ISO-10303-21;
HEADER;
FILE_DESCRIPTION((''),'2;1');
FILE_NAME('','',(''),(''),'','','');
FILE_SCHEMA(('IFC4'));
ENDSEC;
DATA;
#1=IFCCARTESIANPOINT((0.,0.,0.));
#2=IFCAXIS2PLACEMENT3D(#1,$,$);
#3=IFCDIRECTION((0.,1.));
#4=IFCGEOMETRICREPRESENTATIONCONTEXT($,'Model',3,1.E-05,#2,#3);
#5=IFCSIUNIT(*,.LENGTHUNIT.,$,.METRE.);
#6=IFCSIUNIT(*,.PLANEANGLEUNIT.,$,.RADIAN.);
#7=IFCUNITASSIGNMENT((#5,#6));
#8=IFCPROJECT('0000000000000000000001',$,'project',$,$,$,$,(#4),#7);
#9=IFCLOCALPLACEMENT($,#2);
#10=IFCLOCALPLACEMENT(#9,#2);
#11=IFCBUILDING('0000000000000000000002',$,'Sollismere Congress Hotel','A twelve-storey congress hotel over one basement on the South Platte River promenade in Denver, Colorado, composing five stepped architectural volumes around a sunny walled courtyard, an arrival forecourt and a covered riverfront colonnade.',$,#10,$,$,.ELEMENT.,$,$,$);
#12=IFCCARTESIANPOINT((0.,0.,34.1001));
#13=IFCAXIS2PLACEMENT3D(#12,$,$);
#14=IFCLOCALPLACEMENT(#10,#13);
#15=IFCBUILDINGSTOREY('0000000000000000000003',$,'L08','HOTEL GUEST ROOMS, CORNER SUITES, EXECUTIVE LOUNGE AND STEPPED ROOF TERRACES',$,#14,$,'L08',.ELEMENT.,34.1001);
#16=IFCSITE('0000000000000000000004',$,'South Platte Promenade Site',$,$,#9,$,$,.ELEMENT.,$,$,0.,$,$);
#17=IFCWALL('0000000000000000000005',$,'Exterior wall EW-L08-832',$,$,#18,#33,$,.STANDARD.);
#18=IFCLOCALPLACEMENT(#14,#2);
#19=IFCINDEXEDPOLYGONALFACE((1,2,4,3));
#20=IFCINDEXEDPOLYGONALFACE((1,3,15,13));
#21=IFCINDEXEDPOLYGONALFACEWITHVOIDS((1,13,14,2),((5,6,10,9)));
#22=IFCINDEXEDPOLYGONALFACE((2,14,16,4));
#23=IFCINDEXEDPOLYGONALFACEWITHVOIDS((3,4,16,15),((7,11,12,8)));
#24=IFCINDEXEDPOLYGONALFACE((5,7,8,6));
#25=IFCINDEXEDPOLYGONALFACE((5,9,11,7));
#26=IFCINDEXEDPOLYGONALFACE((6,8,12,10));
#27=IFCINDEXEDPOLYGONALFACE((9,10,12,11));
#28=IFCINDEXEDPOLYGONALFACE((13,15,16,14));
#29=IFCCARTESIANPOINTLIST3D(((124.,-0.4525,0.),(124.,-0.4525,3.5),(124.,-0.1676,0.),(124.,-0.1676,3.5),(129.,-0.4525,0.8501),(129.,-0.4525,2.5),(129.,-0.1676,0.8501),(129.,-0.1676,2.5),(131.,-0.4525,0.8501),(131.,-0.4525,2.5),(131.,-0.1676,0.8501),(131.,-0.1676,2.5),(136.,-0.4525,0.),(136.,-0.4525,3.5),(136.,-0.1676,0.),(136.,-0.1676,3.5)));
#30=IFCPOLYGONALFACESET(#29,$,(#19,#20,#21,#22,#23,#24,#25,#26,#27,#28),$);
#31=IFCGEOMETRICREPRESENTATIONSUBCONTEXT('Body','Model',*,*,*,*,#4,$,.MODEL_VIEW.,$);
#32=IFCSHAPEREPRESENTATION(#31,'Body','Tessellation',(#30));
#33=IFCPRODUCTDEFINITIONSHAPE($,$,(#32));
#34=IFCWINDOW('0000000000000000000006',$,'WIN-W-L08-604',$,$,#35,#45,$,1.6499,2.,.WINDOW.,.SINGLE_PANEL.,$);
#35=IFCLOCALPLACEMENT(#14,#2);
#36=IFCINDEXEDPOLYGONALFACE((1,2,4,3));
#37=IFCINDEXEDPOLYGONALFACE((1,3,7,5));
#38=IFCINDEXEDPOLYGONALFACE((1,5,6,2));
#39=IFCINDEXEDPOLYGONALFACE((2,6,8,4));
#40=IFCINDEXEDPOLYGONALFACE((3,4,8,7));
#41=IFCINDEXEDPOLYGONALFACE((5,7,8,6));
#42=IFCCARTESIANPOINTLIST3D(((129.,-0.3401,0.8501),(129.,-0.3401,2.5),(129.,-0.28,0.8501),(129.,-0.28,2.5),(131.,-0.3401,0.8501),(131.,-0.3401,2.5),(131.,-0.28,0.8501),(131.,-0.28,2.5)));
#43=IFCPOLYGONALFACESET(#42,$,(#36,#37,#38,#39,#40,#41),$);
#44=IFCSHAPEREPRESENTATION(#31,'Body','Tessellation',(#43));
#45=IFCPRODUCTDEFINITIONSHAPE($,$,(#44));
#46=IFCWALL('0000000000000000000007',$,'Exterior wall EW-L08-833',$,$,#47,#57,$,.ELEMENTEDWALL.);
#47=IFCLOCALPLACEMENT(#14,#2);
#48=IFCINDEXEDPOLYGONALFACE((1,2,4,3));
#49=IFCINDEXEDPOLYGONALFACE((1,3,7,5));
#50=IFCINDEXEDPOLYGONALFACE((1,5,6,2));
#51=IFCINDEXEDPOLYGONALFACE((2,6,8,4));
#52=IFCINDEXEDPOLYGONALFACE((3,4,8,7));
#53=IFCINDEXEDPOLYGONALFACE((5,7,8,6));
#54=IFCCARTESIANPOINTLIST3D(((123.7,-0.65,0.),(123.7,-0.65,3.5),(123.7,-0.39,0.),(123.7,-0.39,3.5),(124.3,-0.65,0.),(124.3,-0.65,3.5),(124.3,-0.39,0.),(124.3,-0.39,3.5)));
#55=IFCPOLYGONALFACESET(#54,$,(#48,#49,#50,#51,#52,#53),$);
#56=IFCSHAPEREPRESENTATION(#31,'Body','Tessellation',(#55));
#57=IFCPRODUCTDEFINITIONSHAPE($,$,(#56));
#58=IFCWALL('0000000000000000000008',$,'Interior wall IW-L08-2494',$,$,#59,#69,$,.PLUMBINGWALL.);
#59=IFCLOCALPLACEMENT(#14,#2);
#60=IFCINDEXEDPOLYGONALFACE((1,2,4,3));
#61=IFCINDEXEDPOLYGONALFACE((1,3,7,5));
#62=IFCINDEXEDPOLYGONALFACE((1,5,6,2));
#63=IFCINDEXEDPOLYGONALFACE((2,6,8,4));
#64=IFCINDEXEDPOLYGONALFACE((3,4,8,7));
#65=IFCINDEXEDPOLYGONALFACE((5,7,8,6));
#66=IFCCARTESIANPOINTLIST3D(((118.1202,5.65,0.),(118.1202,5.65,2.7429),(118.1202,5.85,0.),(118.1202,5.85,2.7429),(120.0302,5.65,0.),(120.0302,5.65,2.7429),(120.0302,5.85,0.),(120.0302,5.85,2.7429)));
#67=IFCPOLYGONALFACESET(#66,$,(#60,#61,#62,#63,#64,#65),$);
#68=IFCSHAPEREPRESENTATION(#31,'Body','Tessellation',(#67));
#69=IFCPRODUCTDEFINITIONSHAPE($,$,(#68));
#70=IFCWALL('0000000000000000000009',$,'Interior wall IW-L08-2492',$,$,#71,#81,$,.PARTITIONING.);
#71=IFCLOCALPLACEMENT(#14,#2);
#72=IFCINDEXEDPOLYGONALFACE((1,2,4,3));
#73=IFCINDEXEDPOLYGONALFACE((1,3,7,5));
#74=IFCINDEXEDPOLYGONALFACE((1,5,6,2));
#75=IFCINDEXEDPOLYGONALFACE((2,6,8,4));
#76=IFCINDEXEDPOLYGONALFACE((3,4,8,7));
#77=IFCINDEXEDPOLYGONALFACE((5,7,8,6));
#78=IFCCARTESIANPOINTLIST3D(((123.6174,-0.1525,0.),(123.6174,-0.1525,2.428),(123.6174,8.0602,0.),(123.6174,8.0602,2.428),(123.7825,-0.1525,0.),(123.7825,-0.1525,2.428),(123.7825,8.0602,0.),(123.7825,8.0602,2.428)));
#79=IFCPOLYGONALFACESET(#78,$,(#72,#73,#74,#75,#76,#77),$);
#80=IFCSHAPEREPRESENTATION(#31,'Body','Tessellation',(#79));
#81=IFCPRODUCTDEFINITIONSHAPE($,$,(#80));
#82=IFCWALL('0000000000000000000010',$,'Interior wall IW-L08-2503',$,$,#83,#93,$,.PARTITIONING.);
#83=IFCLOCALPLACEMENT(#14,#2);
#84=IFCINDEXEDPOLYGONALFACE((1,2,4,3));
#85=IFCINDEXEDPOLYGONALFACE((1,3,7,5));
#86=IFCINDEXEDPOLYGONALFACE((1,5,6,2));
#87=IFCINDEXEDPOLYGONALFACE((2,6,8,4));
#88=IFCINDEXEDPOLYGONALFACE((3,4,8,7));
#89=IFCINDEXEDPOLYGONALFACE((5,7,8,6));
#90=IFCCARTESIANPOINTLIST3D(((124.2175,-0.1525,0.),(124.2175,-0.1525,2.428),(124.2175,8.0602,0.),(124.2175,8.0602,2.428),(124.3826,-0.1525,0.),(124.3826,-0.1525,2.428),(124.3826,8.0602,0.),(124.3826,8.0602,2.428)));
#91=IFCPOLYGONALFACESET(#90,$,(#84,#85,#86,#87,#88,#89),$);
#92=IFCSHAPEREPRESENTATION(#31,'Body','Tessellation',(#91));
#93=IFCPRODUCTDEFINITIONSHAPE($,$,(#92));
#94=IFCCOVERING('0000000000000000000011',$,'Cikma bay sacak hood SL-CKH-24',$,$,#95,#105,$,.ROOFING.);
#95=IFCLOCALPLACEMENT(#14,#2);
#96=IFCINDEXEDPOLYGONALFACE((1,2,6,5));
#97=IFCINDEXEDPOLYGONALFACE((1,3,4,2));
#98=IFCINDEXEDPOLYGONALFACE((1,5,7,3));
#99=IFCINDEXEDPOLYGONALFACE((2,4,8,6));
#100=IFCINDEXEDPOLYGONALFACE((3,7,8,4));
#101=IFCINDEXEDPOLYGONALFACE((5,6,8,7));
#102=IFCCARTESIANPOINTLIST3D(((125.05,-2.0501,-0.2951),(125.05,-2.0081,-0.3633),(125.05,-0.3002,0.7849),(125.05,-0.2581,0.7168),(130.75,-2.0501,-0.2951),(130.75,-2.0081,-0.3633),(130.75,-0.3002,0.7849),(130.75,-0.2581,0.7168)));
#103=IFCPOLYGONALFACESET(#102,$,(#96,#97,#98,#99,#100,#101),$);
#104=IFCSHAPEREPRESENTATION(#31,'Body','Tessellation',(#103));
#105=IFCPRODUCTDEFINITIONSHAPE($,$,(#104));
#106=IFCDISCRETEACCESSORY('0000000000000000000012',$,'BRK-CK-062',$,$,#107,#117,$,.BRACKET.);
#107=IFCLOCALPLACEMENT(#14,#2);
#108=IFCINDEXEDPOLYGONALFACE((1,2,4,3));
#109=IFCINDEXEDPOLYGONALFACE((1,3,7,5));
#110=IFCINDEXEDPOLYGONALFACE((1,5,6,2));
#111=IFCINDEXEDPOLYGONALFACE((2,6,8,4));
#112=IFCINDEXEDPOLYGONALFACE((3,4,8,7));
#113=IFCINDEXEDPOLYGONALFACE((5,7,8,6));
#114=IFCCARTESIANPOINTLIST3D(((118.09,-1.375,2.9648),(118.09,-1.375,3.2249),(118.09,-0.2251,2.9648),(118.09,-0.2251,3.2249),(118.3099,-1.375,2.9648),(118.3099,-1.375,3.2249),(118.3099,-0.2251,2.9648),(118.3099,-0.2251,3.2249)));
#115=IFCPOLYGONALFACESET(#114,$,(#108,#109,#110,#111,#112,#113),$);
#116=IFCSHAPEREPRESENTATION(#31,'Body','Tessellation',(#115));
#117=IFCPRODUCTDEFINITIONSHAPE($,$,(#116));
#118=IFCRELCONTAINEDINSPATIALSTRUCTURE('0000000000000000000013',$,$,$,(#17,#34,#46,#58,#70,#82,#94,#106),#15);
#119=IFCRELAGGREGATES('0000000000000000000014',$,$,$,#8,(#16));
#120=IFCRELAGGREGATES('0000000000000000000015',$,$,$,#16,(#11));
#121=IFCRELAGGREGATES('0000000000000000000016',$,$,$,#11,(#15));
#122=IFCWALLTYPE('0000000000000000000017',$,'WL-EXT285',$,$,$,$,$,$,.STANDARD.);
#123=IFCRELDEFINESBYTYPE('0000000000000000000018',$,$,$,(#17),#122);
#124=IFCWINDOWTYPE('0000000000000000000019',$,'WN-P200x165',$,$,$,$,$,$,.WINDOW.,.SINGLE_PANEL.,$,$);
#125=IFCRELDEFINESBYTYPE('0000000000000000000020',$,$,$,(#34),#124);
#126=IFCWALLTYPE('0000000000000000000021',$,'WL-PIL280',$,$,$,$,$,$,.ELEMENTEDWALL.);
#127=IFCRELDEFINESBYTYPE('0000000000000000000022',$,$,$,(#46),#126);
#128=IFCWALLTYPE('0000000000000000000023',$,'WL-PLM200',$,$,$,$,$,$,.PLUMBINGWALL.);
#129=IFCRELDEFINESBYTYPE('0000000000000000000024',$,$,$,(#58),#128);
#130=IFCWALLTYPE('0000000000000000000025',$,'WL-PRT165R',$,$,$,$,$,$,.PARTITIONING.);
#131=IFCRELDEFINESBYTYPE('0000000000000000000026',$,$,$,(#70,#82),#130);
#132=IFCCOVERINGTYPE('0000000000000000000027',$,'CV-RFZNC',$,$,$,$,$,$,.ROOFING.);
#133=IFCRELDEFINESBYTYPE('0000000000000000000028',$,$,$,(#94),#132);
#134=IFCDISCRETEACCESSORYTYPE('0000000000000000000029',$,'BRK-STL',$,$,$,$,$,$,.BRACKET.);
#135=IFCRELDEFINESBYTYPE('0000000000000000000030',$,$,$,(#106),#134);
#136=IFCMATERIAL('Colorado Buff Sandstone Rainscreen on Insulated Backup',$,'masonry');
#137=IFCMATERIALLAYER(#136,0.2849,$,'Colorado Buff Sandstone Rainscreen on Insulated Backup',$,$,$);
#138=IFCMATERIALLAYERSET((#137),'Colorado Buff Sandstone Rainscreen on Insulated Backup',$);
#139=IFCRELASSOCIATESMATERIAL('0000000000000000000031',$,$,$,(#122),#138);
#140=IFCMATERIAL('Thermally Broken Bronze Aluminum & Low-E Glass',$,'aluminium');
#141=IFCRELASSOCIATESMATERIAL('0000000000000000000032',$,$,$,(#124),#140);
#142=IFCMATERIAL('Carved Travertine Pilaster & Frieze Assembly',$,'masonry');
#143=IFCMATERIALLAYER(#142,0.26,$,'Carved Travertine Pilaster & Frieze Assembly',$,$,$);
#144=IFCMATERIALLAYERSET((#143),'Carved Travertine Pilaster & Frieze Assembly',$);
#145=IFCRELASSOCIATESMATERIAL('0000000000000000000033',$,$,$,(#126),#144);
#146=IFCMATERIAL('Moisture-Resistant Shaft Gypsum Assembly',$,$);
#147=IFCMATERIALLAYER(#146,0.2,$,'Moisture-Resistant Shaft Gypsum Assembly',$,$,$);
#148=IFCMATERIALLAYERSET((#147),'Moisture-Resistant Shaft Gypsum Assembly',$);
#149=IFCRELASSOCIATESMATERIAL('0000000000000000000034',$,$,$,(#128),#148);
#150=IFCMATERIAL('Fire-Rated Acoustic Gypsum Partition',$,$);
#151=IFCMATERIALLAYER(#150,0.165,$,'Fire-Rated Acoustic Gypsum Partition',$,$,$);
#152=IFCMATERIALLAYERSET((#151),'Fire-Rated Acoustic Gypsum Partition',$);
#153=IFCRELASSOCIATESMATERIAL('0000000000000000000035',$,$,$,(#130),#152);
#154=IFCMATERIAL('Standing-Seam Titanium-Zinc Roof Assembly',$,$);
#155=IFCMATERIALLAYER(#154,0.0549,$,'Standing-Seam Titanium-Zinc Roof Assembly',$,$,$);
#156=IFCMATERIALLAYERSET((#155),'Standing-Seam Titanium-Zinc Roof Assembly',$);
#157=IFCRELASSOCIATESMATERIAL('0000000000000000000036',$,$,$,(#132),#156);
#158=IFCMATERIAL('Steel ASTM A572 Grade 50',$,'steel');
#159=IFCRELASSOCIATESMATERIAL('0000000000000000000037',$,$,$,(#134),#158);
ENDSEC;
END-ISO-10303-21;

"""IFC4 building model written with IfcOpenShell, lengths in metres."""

from ifc_helpers import new_model, si_unit, direction, frame, frame_2d, origin, origin_2d, place, context, subcontext, project, spatial, polyline, rectangle, outline, extrude, material, layer, layer_set, type_object, element, fill, save


model = new_model("IFC4")

# Units and contexts
model_context = context("Model", 3, precision=1e-05, world=origin(), true_north=direction((0.0, 1.0)))
body_context = subcontext(model_context, "Body", "Model", "MODEL_VIEW")
ifc_project = project(units=[si_unit("LENGTHUNIT", "METRE"), si_unit("PLANEANGLEUNIT", "RADIAN")], contexts=[model_context])

# Site, building, storey
site_placement = place(None, origin())
site = spatial("IfcSite", under=ifc_project, at=site_placement, Name="South Platte Promenade Site", CompositionType="ELEMENT", RefElevation=0.0)
building_placement = place(site_placement, origin())
building = spatial("IfcBuilding", under=site, at=building_placement, Name="Sollismere Congress Hotel", Description="A twelve-storey congress hotel over one basement on the South Platte River promenade in Denver, Colorado, composing five stepped architectural volumes around a sunny walled courtyard, an arrival forecourt and a covered riverfront colonnade.", CompositionType="ELEMENT")
storey_placement = place(building_placement, frame((0.0, 0.0, 34.1001)))
storey = spatial("IfcBuildingStorey", under=building, at=storey_placement, Name="L08", Description="HOTEL GUEST ROOMS, CORNER SUITES, EXECUTIVE LOUNGE AND STEPPED ROOF TERRACES", LongName="L08", CompositionType="ELEMENT", Elevation=34.1001)

# Shared definitions
ifc_material_1 = material(Name="Colorado Buff Sandstone Rainscreen on Insulated Backup", Category="masonry")
ifc_layer_1 = layer(ifc_material_1, 0.2849, Name="Colorado Buff Sandstone Rainscreen on Insulated Backup")
ifc_layer_set_1 = layer_set([ifc_layer_1], Name="Colorado Buff Sandstone Rainscreen on Insulated Backup")
wall_type_1 = type_object("IfcWallType", Name="WL-EXT285", PredefinedType="STANDARD", material=ifc_layer_set_1)
ifc_material_2 = material(Name="Thermally Broken Bronze Aluminum & Low-E Glass", Category="aluminium")
window_type = type_object("IfcWindowType", Name="WN-P200x165", PartitioningType="SINGLE_PANEL", PredefinedType="WINDOW", material=ifc_material_2)

# Wall, opening, window
wall_1_placement = place(storey_placement, frame((124.0, -0.3101, 0.0), z_axis=(0.0, 0.0, 1.0), x_axis=(1.0, 0.0, 0.0)))
wall_1 = element("IfcWall", 1, at=wall_1_placement, inside=storey, type_object=wall_type_1, Name="Exterior wall EW-L08-832", PredefinedType="STANDARD", context=body_context, shape_type="SweptSolid", body=[
    extrude(rectangle(XDim=12.0, YDim=0.2849, at=frame_2d((6.0, 0.0))), origin(), (0.0, 0.0, 1.0), 3.5),
])
opening_1_placement = place(wall_1_placement, frame((5.0, 0.0, 0.8501)))
opening_1 = element("IfcOpeningElement", 2, at=opening_1_placement, cuts=wall_1, PredefinedType="OPENING", context=body_context, shape_type="SweptSolid", body=[
    extrude(rectangle(XDim=2.0, YDim=1.6499, at=frame_2d((1.0, 0.825))), frame((0.0, 0.1523, 0.0), z_axis=(0.0, -1.0, 0.0), x_axis=(1.0, 0.0, 0.0)), (0.0, 0.0, 1.0), 0.3049),
])
window_1_placement = place(opening_1_placement, origin())
window_1 = element("IfcWindow", 3, at=window_1_placement, inside=storey, type_object=window_type, Name="WIN-W-L08-604", OverallHeight=1.6499, OverallWidth=2.0, PartitioningType="SINGLE_PANEL", PredefinedType="WINDOW", context=body_context, shape_type="SweptSolid", body=[
    extrude(rectangle(XDim=2.0, YDim=1.6499, at=frame_2d((1.0, 0.825))), frame((0.0, 0.03, 0.0), z_axis=(0.0, -1.0, 0.0), x_axis=(1.0, 0.0, 0.0)), (0.0, 0.0, 1.0), 0.0601),
])
fill(opening_1, window_1)

# Walls
ifc_material_3 = material(Name="Carved Travertine Pilaster & Frieze Assembly", Category="masonry")
ifc_layer_2 = layer(ifc_material_3, 0.26, Name="Carved Travertine Pilaster & Frieze Assembly")
ifc_layer_set_2 = layer_set([ifc_layer_2], Name="Carved Travertine Pilaster & Frieze Assembly")
wall_type_2 = type_object("IfcWallType", Name="WL-PIL280", PredefinedType="ELEMENTEDWALL", material=ifc_layer_set_2)
wall_2_placement = place(storey_placement, frame((123.7, -0.52, 0.0), z_axis=(0.0, 0.0, 1.0), x_axis=(1.0, 0.0, 0.0)))
element("IfcWall", 4, at=wall_2_placement, inside=storey, type_object=wall_type_2, Name="Exterior wall EW-L08-833", PredefinedType="ELEMENTEDWALL", context=body_context, shape_type="SweptSolid", body=[
    extrude(rectangle(XDim=0.6001, YDim=0.26, at=frame_2d((0.3, 0.0))), origin(), (0.0, 0.0, 1.0), 3.5),
])
ifc_material_4 = material(Name="Moisture-Resistant Shaft Gypsum Assembly")
ifc_layer_3 = layer(ifc_material_4, 0.2, Name="Moisture-Resistant Shaft Gypsum Assembly")
ifc_layer_set_3 = layer_set([ifc_layer_3], Name="Moisture-Resistant Shaft Gypsum Assembly")
wall_type_3 = type_object("IfcWallType", Name="WL-PLM200", PredefinedType="PLUMBINGWALL", material=ifc_layer_set_3)
wall_3_placement = place(storey_placement, frame((118.1201, 5.75, 0.0), z_axis=(0.0, 0.0, 1.0), x_axis=(1.0, 0.0, 0.0)))
element("IfcWall", 5, at=wall_3_placement, inside=storey, type_object=wall_type_3, Name="Interior wall IW-L08-2494", PredefinedType="PLUMBINGWALL", context=body_context, shape_type="SweptSolid", body=[
    extrude(rectangle(XDim=1.9099, YDim=0.2, at=frame_2d((0.9551, 0.0))), origin(), (0.0, 0.0, 1.0), 2.7429),
])
ifc_material_5 = material(Name="Fire-Rated Acoustic Gypsum Partition")
ifc_layer_4 = layer(ifc_material_5, 0.165, Name="Fire-Rated Acoustic Gypsum Partition")
ifc_layer_set_4 = layer_set([ifc_layer_4], Name="Fire-Rated Acoustic Gypsum Partition")
wall_type_4 = type_object("IfcWallType", Name="WL-PRT165R", PredefinedType="PARTITIONING", material=ifc_layer_set_4)
for number, where, z_axis, x_axis, name in (
    (6, (123.7, -0.1526, 0.0), (0.0, 0.0, 1.0), (0.0, 1.0, 0.0), "Interior wall IW-L08-2492"),
    (7, (124.3, -0.1526, 0.0), (0.0, 0.0, 1.0), (0.0, 1.0, 0.0), "Interior wall IW-L08-2503"),
):
    element("IfcWall", number, at=place(storey_placement, frame(where, z_axis=z_axis, x_axis=x_axis)), inside=storey, type_object=wall_type_4, Name=name, PredefinedType="PARTITIONING", context=body_context, shape_type="SweptSolid", body=[
        extrude(rectangle(XDim=8.2126, YDim=0.165, at=frame_2d((4.1064, 0.0))), origin(), (0.0, 0.0, 1.0), 2.428),
    ])

# Covering
ifc_material_6 = material(Name="Standing-Seam Titanium-Zinc Roof Assembly")
ifc_layer_5 = layer(ifc_material_6, 0.0549, Name="Standing-Seam Titanium-Zinc Roof Assembly")
ifc_layer_set_5 = layer_set([ifc_layer_5], Name="Standing-Seam Titanium-Zinc Roof Assembly")
covering_type = type_object("IfcCoveringType", Name="CV-RFZNC", PredefinedType="ROOFING", material=ifc_layer_set_5)
covering_placement = place(storey_placement, frame((125.05, -2.0081, -0.3633), z_axis=(0.0, -0.52521, 0.850973), x_axis=(1.0, 0.0, 0.0)))
element("IfcCovering", 8, at=covering_placement, inside=storey, type_object=covering_type, Name="Cikma bay sacak hood SL-CKH-24", PredefinedType="ROOFING", context=body_context, shape_type="SweptSolid", body=[
    extrude(outline(polyline([(0.0, 0.0), (5.7, 0.0), (5.7, 2.0564), (0.0, 2.0564), (0.0, 0.0)])), origin(), (0.0, 0.0, 1.0), 0.0801),
])

# Discrete accessory
ifc_material_7 = material(Name="Steel ASTM A572 Grade 50", Category="steel")
discrete_accessory_type = type_object("IfcDiscreteAccessoryType", Name="BRK-STL", PredefinedType="BRACKET", material=ifc_material_7)
discrete_accessory_placement = place(storey_placement, frame((118.2, -0.8, 2.9648), z_axis=(0.0, 0.0, 1.0), x_axis=(1.0, 0.0, 0.0)))
element("IfcDiscreteAccessory", 9, at=discrete_accessory_placement, inside=storey, type_object=discrete_accessory_type, Name="BRK-CK-062", PredefinedType="BRACKET", context=body_context, shape_type="SweptSolid", body=[
    extrude(rectangle(XDim=0.22, YDim=1.1499, at=origin_2d()), origin(), (0.0, 0.0, 1.0), 0.26),
])

save(model, "model.ifc")
